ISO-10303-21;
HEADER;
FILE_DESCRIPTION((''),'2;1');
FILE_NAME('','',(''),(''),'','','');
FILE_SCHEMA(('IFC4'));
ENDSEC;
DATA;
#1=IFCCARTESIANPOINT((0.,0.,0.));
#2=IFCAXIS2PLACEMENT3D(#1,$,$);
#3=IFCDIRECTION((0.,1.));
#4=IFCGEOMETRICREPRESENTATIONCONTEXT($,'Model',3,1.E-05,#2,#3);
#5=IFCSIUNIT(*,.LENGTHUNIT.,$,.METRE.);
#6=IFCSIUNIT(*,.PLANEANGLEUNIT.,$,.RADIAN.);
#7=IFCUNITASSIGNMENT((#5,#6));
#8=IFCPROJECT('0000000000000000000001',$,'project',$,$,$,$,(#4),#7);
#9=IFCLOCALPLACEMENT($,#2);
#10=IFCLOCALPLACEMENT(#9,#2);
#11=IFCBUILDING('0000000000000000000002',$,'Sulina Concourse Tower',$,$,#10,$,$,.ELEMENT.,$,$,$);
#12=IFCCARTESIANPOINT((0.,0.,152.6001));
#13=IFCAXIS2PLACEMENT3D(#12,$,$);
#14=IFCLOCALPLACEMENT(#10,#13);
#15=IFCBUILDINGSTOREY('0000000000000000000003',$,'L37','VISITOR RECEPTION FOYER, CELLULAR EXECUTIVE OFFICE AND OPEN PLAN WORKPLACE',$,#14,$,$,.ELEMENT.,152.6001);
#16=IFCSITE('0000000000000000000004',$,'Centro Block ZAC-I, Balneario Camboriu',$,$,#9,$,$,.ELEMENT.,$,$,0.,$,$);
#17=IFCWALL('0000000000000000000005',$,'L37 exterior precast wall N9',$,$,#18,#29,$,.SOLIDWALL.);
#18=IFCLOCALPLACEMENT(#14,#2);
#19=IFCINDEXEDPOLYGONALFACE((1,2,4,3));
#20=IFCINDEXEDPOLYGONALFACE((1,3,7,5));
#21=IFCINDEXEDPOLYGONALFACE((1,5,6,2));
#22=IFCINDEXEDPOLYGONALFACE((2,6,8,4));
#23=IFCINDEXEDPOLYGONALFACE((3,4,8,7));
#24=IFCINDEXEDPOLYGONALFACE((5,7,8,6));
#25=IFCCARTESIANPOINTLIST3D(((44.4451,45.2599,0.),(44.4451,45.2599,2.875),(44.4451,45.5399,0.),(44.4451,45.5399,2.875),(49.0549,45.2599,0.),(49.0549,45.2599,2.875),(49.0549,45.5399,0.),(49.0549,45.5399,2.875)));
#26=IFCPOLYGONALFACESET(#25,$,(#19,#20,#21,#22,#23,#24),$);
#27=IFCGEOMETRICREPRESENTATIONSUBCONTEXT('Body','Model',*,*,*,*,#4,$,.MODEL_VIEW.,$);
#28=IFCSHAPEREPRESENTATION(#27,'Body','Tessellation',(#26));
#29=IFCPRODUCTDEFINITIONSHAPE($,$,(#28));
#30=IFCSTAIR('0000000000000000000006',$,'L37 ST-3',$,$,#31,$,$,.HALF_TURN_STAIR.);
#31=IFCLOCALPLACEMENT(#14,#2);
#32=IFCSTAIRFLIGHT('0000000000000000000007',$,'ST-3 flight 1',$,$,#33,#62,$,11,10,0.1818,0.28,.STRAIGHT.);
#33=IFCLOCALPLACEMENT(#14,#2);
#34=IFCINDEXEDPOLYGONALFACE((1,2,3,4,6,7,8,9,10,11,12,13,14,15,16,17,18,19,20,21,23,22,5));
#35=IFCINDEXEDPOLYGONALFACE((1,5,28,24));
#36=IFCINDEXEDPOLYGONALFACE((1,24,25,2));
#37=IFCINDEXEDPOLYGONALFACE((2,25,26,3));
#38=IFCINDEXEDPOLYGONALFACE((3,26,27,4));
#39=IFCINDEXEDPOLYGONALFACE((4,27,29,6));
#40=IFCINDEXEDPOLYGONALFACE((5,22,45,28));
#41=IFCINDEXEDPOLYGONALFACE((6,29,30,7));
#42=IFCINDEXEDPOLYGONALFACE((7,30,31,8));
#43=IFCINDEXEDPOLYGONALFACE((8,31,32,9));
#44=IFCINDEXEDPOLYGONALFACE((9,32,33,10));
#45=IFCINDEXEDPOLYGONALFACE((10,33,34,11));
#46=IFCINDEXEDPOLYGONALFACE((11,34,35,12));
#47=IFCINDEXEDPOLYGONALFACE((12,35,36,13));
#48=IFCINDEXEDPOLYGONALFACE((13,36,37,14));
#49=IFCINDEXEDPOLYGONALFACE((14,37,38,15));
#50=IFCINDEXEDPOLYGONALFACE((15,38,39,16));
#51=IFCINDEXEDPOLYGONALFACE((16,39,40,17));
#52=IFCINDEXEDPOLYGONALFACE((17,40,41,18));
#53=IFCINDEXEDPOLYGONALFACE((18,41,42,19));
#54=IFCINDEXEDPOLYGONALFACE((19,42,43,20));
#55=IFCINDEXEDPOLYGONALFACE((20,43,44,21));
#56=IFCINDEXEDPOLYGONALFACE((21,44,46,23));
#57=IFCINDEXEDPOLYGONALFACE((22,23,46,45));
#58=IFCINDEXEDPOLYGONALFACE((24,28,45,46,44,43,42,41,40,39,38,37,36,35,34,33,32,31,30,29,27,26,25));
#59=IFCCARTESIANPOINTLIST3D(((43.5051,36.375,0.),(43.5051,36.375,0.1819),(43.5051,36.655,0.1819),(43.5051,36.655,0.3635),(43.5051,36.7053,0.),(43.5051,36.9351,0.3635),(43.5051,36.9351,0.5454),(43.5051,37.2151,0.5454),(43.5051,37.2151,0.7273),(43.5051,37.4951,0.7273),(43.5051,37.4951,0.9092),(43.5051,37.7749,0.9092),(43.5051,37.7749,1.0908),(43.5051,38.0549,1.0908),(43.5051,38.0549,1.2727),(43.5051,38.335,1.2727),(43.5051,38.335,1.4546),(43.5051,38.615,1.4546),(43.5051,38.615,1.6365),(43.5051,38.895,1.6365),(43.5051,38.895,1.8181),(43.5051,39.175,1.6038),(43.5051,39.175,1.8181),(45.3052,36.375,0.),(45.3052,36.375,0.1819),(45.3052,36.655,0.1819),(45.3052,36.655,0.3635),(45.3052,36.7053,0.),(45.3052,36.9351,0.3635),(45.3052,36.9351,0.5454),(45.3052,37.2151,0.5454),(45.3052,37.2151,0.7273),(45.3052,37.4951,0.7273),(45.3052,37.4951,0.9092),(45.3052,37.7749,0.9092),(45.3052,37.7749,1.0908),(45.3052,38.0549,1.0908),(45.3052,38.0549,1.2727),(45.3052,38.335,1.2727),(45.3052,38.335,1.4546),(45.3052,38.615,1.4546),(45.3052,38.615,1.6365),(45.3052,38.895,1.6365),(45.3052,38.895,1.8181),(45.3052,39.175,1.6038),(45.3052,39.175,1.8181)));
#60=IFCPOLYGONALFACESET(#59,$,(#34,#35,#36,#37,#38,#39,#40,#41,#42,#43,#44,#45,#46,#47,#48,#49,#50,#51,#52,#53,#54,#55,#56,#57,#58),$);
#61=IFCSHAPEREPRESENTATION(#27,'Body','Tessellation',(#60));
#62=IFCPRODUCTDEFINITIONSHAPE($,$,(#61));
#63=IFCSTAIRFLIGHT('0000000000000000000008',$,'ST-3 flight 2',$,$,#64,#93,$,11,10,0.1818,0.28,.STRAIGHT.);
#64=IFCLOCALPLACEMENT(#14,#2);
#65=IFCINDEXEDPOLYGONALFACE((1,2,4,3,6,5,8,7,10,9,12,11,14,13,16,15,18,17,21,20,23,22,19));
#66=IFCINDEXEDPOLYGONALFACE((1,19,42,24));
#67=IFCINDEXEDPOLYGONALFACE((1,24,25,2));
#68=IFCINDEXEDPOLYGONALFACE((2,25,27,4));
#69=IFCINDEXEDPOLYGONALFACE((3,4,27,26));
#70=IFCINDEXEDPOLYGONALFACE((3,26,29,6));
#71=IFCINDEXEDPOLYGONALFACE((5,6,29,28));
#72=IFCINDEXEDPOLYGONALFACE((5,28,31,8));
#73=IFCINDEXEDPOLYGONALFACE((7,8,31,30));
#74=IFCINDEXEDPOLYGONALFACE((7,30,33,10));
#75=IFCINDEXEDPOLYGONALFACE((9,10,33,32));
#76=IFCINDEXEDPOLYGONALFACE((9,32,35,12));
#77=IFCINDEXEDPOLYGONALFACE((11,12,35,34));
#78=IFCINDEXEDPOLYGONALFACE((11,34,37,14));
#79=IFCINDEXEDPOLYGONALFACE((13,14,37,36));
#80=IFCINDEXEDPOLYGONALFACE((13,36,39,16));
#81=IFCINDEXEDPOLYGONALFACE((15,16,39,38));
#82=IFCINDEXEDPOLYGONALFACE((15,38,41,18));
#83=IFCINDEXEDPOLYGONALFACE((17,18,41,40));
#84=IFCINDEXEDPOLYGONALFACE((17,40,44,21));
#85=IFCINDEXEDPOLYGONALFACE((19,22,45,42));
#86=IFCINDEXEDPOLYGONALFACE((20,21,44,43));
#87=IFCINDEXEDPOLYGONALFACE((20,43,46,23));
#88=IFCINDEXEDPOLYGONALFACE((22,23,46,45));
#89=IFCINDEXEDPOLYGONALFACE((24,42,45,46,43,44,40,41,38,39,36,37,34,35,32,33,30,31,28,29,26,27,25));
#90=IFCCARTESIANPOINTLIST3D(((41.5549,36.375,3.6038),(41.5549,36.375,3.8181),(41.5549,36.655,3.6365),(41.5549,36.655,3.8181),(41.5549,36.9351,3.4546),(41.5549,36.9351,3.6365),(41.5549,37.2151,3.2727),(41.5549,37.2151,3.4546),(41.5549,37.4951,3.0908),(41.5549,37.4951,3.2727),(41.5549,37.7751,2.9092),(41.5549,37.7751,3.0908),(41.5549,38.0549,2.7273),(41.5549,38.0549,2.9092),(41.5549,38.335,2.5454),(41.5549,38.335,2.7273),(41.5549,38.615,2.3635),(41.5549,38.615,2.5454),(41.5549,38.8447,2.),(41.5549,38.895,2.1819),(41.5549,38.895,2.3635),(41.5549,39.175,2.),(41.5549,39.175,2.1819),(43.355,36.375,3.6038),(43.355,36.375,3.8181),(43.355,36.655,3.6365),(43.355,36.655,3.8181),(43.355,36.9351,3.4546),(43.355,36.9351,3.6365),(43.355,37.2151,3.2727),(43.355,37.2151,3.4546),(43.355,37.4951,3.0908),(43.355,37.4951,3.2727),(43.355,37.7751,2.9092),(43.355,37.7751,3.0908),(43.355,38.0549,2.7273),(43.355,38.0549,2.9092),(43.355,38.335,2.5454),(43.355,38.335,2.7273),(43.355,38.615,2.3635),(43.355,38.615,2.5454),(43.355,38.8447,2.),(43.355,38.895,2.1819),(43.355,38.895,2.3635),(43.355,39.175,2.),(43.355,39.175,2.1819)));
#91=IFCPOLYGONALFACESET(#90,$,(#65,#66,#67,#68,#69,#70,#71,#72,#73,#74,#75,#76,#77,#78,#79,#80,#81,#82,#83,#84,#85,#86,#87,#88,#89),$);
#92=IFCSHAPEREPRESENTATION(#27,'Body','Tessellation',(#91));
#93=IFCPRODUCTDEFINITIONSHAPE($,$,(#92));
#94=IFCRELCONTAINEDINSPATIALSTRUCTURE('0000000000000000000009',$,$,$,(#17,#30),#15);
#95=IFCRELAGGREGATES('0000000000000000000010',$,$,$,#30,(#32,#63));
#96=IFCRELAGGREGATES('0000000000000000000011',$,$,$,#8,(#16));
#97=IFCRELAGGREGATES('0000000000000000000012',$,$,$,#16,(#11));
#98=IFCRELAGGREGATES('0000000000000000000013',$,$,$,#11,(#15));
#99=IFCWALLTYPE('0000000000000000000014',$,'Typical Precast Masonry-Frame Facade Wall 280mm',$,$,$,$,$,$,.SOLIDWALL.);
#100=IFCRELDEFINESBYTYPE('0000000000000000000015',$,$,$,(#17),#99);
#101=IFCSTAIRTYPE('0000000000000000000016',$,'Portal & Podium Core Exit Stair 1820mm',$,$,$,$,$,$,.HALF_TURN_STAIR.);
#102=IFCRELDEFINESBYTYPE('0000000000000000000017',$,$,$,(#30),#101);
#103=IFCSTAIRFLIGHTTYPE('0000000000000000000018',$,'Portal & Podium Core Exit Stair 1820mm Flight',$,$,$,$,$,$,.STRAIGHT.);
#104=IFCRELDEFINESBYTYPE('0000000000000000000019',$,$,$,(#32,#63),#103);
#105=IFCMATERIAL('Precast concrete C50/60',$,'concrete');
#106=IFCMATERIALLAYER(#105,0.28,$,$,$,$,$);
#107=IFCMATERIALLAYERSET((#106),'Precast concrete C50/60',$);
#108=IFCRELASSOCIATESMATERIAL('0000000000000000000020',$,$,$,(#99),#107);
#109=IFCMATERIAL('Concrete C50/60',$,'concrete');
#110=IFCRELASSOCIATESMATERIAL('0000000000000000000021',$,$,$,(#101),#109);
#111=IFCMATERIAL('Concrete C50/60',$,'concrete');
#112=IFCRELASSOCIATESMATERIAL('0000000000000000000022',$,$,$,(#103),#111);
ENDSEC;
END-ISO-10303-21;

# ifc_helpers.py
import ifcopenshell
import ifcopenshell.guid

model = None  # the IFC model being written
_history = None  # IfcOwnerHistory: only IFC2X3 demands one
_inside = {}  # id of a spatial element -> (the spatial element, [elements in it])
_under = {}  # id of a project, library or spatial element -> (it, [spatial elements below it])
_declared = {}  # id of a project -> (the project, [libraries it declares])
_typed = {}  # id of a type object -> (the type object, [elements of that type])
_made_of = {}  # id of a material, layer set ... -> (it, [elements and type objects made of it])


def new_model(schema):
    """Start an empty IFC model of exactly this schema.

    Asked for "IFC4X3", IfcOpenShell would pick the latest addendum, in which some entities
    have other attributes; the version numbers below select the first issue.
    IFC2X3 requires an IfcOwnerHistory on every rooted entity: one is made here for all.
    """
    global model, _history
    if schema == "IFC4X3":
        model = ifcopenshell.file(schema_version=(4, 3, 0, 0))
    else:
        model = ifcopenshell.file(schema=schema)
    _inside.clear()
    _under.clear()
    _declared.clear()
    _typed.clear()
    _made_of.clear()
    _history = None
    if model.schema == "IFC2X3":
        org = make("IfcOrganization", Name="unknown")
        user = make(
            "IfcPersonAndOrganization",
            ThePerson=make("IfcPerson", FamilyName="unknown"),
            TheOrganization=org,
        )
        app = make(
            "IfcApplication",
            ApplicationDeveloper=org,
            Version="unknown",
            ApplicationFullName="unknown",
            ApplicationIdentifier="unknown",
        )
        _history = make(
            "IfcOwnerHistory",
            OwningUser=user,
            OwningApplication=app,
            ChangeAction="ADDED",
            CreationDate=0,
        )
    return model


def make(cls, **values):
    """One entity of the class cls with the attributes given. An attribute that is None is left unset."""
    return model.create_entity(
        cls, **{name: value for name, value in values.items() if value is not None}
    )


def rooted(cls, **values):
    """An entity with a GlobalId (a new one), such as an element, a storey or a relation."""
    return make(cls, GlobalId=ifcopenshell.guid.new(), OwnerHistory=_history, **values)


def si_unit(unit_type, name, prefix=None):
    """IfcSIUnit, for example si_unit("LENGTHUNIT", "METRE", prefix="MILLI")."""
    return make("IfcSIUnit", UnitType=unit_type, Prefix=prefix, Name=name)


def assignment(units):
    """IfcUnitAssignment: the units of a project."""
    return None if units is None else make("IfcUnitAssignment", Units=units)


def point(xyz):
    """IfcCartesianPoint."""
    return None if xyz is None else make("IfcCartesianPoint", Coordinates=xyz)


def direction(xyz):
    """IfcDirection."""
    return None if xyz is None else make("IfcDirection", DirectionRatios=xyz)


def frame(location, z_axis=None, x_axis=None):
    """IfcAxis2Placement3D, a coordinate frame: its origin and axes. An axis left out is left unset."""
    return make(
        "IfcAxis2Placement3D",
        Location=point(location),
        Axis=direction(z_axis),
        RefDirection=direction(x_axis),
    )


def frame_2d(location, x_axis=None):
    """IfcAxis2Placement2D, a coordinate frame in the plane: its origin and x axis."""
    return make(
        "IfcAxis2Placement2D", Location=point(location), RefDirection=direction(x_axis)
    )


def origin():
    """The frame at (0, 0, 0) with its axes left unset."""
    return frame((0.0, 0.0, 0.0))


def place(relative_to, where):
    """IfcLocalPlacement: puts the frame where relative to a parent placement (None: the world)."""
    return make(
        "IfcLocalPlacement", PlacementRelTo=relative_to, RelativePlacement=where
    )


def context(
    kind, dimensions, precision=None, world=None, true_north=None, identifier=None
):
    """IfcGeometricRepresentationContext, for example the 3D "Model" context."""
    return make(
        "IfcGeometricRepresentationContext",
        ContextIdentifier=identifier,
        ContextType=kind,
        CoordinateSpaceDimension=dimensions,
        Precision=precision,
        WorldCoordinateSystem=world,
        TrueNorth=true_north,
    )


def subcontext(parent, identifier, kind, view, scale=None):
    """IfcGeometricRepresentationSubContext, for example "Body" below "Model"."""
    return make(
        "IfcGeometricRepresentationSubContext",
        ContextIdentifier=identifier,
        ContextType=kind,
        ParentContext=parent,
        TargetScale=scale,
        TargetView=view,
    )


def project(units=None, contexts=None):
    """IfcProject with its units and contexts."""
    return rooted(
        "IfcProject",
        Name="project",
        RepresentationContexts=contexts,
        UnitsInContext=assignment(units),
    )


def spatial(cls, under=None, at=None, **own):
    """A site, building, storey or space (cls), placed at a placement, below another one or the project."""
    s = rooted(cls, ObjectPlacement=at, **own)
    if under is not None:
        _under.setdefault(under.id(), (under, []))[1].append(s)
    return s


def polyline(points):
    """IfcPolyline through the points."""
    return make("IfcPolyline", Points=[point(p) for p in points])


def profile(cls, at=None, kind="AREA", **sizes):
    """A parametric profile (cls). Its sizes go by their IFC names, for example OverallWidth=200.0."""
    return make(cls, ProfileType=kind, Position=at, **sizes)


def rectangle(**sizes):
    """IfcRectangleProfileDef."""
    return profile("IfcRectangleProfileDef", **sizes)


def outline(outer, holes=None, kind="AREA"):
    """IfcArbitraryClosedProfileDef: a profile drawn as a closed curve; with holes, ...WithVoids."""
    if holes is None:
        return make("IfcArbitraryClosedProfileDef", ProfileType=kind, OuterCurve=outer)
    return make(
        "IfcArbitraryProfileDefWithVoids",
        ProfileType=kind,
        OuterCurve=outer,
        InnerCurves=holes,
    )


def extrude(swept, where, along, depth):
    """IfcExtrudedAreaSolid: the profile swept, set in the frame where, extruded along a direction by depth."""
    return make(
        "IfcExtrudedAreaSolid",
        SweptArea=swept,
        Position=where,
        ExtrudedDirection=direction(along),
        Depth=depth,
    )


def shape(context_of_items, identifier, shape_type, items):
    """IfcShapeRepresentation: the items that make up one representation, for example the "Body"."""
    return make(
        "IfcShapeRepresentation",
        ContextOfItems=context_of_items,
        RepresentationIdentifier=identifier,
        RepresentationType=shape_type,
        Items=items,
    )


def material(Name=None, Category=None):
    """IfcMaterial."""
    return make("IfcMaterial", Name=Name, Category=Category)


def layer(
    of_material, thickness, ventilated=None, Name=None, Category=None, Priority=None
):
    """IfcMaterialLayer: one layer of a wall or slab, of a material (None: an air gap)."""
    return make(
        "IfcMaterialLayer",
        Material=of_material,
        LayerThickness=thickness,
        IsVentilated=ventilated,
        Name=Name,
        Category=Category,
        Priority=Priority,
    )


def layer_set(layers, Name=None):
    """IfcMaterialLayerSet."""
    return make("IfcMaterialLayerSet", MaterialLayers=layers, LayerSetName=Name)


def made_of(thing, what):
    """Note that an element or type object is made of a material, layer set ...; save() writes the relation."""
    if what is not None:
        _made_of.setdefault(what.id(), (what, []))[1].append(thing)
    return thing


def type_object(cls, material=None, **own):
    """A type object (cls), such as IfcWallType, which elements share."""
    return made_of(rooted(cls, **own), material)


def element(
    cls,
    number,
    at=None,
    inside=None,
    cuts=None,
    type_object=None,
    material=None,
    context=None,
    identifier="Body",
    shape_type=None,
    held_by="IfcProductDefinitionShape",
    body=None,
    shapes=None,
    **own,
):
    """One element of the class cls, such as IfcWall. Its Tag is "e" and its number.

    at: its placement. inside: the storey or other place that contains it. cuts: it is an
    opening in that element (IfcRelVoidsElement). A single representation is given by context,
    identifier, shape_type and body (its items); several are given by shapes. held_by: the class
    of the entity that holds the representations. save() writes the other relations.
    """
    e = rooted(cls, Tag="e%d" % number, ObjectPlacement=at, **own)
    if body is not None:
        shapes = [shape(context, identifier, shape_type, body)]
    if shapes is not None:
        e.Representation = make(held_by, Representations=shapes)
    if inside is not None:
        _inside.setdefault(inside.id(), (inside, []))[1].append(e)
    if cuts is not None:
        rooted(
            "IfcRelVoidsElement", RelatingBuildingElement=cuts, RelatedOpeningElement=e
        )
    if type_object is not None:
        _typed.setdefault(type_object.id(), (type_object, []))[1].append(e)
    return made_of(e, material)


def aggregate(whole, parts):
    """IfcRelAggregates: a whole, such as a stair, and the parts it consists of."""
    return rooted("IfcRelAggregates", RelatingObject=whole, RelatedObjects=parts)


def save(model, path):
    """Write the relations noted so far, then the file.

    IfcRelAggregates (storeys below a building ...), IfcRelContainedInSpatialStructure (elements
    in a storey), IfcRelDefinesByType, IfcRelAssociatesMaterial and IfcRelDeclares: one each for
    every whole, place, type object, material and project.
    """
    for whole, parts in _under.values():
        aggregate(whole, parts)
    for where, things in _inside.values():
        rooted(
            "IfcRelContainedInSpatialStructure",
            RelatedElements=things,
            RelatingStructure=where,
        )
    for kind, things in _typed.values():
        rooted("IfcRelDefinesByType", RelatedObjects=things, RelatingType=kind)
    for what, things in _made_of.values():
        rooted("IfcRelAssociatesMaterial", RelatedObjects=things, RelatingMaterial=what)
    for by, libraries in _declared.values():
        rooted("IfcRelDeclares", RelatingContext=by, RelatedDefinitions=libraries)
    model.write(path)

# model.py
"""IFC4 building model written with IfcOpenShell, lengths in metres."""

from ifc_helpers import new_model, si_unit, direction, frame, frame_2d, origin, place, context, subcontext, project, spatial, polyline, rectangle, outline, extrude, material, layer, layer_set, type_object, element, aggregate, save


model = new_model("IFC4")

# Units and contexts
model_context = context("Model", 3, precision=1e-05, world=origin(), true_north=direction((0.0, 1.0)))
body_context = subcontext(model_context, "Body", "Model", "MODEL_VIEW")
ifc_project = project(units=[si_unit("LENGTHUNIT", "METRE"), si_unit("PLANEANGLEUNIT", "RADIAN")], contexts=[model_context])

# Site, building, storey
site_placement = place(None, origin())
site = spatial("IfcSite", under=ifc_project, at=site_placement, Name="Centro Block ZAC-I, Balneario Camboriu", CompositionType="ELEMENT", RefElevation=0.0)
building_placement = place(site_placement, origin())
building = spatial("IfcBuilding", under=site, at=building_placement, Name="Sulina Concourse Tower", CompositionType="ELEMENT")
storey_placement = place(building_placement, frame((0.0, 0.0, 152.6001)))
storey = spatial("IfcBuildingStorey", under=building, at=storey_placement, Name="L37", Description="VISITOR RECEPTION FOYER, CELLULAR EXECUTIVE OFFICE AND OPEN PLAN WORKPLACE", CompositionType="ELEMENT", Elevation=152.6001)

# Wall
ifc_material_1 = material(Name="Precast concrete C50/60", Category="concrete")
ifc_layer_1 = layer(ifc_material_1, 0.28)
ifc_layer_set_1 = layer_set([ifc_layer_1], Name="Precast concrete C50/60")
wall_type_1 = type_object("IfcWallType", Name="Typical Precast Masonry-Frame Facade Wall 280mm", PredefinedType="SOLIDWALL", material=ifc_layer_set_1)
wall_1_placement = place(storey_placement, frame((44.4451, 45.3999, 0.0), z_axis=(0.0, 0.0, 1.0), x_axis=(1.0, 0.0, 0.0)))
element("IfcWall", 1, at=wall_1_placement, inside=storey, type_object=wall_type_1, Name="L37 exterior precast wall N9", PredefinedType="SOLIDWALL", context=body_context, shape_type="SweptSolid", body=[
    extrude(rectangle(XDim=4.6099, YDim=0.28, at=frame_2d((2.3049, 0.0))), origin(), (0.0, 0.0, 1.0), 2.875),
])

# Stair, stair flights
ifc_material_2 = material(Name="Concrete C50/60", Category="concrete")
stair_type = type_object("IfcStairType", Name="Portal & Podium Core Exit Stair 1820mm", PredefinedType="HALF_TURN_STAIR", material=ifc_material_2)
stair_placement = place(storey_placement, origin())
stair = element("IfcStair", 2, at=stair_placement, inside=storey, type_object=stair_type, Name="L37 ST-3", PredefinedType="HALF_TURN_STAIR")
ifc_material_3 = material(Name="Concrete C50/60", Category="concrete")
stair_flight_type = type_object("IfcStairFlightType", Name="Portal & Podium Core Exit Stair 1820mm Flight", PredefinedType="STRAIGHT", material=ifc_material_3)
stair_flight_1_placement = place(storey_placement, frame((44.405, 36.375, 0.0), z_axis=(0.0, 0.0, 1.0), x_axis=(0.0, 1.0, 0.0)))
stair_flight_1 = element("IfcStairFlight", 3, at=stair_flight_1_placement, type_object=stair_flight_type, Name="ST-3 flight 1", NumberOfRisers=11, NumberOfTreads=10, PredefinedType="STRAIGHT", RiserHeight=0.1818, TreadLength=0.28, context=body_context, shape_type="SweptSolid", body=[
    extrude(outline(polyline([(0.0, 0.0), (0.0, 0.1819), (0.28, 0.1819), (0.28, 0.3635), (0.5601, 0.3635), (0.5601, 0.5454), (0.8401, 0.5454), (0.8401, 0.7273), (1.1201, 0.7273), (1.1201, 0.9092), (1.3999, 0.9092), (1.3999, 1.0908), (1.6799, 1.0908), (1.6799, 1.2727), (1.96, 1.2727), (1.96, 1.4546), (2.24, 1.4546), (2.24, 1.6365), (2.52, 1.6365), (2.52, 1.8181), (2.8, 1.8181), (2.8, 2.0), (2.8, 1.6038), (0.3303, 0.0), (0.0, 0.0)])), frame((0.0, 0.8999, 0.0), z_axis=(0.0, -1.0, 0.0), x_axis=(1.0, 0.0, 0.0)), (0.0, 0.0, 1.0), 1.8),
])
stair_flight_2_placement = place(storey_placement, frame((42.4551, 39.175, 2.0), z_axis=(0.0, 0.0, 1.0), x_axis=(0.0, -1.0, 0.0)))
stair_flight_2 = element("IfcStairFlight", 4, at=stair_flight_2_placement, type_object=stair_flight_type, Name="ST-3 flight 2", NumberOfRisers=11, NumberOfTreads=10, PredefinedType="STRAIGHT", RiserHeight=0.1818, TreadLength=0.28, context=body_context, shape_type="SweptSolid", body=[
    extrude(outline(polyline([(0.0, 0.0), (0.0, 0.1819), (0.28, 0.1819), (0.28, 0.3635), (0.5601, 0.3635), (0.5601, 0.5454), (0.8401, 0.5454), (0.8401, 0.7273), (1.1201, 0.7273), (1.1201, 0.9092), (1.3999, 0.9092), (1.3999, 1.0908), (1.6799, 1.0908), (1.6799, 1.2727), (1.96, 1.2727), (1.96, 1.4546), (2.24, 1.4546), (2.24, 1.6365), (2.52, 1.6365), (2.52, 1.8181), (2.8, 1.8181), (2.8, 2.0), (2.8, 1.6038), (0.3303, 0.0), (0.0, 0.0)])), frame((0.0, 0.8999, 0.0), z_axis=(0.0, -1.0, 0.0), x_axis=(1.0, 0.0, 0.0)), (0.0, 0.0, 1.0), 1.8),
])
aggregate(stair, [stair_flight_1, stair_flight_2])

save(model, "model.ifc")
